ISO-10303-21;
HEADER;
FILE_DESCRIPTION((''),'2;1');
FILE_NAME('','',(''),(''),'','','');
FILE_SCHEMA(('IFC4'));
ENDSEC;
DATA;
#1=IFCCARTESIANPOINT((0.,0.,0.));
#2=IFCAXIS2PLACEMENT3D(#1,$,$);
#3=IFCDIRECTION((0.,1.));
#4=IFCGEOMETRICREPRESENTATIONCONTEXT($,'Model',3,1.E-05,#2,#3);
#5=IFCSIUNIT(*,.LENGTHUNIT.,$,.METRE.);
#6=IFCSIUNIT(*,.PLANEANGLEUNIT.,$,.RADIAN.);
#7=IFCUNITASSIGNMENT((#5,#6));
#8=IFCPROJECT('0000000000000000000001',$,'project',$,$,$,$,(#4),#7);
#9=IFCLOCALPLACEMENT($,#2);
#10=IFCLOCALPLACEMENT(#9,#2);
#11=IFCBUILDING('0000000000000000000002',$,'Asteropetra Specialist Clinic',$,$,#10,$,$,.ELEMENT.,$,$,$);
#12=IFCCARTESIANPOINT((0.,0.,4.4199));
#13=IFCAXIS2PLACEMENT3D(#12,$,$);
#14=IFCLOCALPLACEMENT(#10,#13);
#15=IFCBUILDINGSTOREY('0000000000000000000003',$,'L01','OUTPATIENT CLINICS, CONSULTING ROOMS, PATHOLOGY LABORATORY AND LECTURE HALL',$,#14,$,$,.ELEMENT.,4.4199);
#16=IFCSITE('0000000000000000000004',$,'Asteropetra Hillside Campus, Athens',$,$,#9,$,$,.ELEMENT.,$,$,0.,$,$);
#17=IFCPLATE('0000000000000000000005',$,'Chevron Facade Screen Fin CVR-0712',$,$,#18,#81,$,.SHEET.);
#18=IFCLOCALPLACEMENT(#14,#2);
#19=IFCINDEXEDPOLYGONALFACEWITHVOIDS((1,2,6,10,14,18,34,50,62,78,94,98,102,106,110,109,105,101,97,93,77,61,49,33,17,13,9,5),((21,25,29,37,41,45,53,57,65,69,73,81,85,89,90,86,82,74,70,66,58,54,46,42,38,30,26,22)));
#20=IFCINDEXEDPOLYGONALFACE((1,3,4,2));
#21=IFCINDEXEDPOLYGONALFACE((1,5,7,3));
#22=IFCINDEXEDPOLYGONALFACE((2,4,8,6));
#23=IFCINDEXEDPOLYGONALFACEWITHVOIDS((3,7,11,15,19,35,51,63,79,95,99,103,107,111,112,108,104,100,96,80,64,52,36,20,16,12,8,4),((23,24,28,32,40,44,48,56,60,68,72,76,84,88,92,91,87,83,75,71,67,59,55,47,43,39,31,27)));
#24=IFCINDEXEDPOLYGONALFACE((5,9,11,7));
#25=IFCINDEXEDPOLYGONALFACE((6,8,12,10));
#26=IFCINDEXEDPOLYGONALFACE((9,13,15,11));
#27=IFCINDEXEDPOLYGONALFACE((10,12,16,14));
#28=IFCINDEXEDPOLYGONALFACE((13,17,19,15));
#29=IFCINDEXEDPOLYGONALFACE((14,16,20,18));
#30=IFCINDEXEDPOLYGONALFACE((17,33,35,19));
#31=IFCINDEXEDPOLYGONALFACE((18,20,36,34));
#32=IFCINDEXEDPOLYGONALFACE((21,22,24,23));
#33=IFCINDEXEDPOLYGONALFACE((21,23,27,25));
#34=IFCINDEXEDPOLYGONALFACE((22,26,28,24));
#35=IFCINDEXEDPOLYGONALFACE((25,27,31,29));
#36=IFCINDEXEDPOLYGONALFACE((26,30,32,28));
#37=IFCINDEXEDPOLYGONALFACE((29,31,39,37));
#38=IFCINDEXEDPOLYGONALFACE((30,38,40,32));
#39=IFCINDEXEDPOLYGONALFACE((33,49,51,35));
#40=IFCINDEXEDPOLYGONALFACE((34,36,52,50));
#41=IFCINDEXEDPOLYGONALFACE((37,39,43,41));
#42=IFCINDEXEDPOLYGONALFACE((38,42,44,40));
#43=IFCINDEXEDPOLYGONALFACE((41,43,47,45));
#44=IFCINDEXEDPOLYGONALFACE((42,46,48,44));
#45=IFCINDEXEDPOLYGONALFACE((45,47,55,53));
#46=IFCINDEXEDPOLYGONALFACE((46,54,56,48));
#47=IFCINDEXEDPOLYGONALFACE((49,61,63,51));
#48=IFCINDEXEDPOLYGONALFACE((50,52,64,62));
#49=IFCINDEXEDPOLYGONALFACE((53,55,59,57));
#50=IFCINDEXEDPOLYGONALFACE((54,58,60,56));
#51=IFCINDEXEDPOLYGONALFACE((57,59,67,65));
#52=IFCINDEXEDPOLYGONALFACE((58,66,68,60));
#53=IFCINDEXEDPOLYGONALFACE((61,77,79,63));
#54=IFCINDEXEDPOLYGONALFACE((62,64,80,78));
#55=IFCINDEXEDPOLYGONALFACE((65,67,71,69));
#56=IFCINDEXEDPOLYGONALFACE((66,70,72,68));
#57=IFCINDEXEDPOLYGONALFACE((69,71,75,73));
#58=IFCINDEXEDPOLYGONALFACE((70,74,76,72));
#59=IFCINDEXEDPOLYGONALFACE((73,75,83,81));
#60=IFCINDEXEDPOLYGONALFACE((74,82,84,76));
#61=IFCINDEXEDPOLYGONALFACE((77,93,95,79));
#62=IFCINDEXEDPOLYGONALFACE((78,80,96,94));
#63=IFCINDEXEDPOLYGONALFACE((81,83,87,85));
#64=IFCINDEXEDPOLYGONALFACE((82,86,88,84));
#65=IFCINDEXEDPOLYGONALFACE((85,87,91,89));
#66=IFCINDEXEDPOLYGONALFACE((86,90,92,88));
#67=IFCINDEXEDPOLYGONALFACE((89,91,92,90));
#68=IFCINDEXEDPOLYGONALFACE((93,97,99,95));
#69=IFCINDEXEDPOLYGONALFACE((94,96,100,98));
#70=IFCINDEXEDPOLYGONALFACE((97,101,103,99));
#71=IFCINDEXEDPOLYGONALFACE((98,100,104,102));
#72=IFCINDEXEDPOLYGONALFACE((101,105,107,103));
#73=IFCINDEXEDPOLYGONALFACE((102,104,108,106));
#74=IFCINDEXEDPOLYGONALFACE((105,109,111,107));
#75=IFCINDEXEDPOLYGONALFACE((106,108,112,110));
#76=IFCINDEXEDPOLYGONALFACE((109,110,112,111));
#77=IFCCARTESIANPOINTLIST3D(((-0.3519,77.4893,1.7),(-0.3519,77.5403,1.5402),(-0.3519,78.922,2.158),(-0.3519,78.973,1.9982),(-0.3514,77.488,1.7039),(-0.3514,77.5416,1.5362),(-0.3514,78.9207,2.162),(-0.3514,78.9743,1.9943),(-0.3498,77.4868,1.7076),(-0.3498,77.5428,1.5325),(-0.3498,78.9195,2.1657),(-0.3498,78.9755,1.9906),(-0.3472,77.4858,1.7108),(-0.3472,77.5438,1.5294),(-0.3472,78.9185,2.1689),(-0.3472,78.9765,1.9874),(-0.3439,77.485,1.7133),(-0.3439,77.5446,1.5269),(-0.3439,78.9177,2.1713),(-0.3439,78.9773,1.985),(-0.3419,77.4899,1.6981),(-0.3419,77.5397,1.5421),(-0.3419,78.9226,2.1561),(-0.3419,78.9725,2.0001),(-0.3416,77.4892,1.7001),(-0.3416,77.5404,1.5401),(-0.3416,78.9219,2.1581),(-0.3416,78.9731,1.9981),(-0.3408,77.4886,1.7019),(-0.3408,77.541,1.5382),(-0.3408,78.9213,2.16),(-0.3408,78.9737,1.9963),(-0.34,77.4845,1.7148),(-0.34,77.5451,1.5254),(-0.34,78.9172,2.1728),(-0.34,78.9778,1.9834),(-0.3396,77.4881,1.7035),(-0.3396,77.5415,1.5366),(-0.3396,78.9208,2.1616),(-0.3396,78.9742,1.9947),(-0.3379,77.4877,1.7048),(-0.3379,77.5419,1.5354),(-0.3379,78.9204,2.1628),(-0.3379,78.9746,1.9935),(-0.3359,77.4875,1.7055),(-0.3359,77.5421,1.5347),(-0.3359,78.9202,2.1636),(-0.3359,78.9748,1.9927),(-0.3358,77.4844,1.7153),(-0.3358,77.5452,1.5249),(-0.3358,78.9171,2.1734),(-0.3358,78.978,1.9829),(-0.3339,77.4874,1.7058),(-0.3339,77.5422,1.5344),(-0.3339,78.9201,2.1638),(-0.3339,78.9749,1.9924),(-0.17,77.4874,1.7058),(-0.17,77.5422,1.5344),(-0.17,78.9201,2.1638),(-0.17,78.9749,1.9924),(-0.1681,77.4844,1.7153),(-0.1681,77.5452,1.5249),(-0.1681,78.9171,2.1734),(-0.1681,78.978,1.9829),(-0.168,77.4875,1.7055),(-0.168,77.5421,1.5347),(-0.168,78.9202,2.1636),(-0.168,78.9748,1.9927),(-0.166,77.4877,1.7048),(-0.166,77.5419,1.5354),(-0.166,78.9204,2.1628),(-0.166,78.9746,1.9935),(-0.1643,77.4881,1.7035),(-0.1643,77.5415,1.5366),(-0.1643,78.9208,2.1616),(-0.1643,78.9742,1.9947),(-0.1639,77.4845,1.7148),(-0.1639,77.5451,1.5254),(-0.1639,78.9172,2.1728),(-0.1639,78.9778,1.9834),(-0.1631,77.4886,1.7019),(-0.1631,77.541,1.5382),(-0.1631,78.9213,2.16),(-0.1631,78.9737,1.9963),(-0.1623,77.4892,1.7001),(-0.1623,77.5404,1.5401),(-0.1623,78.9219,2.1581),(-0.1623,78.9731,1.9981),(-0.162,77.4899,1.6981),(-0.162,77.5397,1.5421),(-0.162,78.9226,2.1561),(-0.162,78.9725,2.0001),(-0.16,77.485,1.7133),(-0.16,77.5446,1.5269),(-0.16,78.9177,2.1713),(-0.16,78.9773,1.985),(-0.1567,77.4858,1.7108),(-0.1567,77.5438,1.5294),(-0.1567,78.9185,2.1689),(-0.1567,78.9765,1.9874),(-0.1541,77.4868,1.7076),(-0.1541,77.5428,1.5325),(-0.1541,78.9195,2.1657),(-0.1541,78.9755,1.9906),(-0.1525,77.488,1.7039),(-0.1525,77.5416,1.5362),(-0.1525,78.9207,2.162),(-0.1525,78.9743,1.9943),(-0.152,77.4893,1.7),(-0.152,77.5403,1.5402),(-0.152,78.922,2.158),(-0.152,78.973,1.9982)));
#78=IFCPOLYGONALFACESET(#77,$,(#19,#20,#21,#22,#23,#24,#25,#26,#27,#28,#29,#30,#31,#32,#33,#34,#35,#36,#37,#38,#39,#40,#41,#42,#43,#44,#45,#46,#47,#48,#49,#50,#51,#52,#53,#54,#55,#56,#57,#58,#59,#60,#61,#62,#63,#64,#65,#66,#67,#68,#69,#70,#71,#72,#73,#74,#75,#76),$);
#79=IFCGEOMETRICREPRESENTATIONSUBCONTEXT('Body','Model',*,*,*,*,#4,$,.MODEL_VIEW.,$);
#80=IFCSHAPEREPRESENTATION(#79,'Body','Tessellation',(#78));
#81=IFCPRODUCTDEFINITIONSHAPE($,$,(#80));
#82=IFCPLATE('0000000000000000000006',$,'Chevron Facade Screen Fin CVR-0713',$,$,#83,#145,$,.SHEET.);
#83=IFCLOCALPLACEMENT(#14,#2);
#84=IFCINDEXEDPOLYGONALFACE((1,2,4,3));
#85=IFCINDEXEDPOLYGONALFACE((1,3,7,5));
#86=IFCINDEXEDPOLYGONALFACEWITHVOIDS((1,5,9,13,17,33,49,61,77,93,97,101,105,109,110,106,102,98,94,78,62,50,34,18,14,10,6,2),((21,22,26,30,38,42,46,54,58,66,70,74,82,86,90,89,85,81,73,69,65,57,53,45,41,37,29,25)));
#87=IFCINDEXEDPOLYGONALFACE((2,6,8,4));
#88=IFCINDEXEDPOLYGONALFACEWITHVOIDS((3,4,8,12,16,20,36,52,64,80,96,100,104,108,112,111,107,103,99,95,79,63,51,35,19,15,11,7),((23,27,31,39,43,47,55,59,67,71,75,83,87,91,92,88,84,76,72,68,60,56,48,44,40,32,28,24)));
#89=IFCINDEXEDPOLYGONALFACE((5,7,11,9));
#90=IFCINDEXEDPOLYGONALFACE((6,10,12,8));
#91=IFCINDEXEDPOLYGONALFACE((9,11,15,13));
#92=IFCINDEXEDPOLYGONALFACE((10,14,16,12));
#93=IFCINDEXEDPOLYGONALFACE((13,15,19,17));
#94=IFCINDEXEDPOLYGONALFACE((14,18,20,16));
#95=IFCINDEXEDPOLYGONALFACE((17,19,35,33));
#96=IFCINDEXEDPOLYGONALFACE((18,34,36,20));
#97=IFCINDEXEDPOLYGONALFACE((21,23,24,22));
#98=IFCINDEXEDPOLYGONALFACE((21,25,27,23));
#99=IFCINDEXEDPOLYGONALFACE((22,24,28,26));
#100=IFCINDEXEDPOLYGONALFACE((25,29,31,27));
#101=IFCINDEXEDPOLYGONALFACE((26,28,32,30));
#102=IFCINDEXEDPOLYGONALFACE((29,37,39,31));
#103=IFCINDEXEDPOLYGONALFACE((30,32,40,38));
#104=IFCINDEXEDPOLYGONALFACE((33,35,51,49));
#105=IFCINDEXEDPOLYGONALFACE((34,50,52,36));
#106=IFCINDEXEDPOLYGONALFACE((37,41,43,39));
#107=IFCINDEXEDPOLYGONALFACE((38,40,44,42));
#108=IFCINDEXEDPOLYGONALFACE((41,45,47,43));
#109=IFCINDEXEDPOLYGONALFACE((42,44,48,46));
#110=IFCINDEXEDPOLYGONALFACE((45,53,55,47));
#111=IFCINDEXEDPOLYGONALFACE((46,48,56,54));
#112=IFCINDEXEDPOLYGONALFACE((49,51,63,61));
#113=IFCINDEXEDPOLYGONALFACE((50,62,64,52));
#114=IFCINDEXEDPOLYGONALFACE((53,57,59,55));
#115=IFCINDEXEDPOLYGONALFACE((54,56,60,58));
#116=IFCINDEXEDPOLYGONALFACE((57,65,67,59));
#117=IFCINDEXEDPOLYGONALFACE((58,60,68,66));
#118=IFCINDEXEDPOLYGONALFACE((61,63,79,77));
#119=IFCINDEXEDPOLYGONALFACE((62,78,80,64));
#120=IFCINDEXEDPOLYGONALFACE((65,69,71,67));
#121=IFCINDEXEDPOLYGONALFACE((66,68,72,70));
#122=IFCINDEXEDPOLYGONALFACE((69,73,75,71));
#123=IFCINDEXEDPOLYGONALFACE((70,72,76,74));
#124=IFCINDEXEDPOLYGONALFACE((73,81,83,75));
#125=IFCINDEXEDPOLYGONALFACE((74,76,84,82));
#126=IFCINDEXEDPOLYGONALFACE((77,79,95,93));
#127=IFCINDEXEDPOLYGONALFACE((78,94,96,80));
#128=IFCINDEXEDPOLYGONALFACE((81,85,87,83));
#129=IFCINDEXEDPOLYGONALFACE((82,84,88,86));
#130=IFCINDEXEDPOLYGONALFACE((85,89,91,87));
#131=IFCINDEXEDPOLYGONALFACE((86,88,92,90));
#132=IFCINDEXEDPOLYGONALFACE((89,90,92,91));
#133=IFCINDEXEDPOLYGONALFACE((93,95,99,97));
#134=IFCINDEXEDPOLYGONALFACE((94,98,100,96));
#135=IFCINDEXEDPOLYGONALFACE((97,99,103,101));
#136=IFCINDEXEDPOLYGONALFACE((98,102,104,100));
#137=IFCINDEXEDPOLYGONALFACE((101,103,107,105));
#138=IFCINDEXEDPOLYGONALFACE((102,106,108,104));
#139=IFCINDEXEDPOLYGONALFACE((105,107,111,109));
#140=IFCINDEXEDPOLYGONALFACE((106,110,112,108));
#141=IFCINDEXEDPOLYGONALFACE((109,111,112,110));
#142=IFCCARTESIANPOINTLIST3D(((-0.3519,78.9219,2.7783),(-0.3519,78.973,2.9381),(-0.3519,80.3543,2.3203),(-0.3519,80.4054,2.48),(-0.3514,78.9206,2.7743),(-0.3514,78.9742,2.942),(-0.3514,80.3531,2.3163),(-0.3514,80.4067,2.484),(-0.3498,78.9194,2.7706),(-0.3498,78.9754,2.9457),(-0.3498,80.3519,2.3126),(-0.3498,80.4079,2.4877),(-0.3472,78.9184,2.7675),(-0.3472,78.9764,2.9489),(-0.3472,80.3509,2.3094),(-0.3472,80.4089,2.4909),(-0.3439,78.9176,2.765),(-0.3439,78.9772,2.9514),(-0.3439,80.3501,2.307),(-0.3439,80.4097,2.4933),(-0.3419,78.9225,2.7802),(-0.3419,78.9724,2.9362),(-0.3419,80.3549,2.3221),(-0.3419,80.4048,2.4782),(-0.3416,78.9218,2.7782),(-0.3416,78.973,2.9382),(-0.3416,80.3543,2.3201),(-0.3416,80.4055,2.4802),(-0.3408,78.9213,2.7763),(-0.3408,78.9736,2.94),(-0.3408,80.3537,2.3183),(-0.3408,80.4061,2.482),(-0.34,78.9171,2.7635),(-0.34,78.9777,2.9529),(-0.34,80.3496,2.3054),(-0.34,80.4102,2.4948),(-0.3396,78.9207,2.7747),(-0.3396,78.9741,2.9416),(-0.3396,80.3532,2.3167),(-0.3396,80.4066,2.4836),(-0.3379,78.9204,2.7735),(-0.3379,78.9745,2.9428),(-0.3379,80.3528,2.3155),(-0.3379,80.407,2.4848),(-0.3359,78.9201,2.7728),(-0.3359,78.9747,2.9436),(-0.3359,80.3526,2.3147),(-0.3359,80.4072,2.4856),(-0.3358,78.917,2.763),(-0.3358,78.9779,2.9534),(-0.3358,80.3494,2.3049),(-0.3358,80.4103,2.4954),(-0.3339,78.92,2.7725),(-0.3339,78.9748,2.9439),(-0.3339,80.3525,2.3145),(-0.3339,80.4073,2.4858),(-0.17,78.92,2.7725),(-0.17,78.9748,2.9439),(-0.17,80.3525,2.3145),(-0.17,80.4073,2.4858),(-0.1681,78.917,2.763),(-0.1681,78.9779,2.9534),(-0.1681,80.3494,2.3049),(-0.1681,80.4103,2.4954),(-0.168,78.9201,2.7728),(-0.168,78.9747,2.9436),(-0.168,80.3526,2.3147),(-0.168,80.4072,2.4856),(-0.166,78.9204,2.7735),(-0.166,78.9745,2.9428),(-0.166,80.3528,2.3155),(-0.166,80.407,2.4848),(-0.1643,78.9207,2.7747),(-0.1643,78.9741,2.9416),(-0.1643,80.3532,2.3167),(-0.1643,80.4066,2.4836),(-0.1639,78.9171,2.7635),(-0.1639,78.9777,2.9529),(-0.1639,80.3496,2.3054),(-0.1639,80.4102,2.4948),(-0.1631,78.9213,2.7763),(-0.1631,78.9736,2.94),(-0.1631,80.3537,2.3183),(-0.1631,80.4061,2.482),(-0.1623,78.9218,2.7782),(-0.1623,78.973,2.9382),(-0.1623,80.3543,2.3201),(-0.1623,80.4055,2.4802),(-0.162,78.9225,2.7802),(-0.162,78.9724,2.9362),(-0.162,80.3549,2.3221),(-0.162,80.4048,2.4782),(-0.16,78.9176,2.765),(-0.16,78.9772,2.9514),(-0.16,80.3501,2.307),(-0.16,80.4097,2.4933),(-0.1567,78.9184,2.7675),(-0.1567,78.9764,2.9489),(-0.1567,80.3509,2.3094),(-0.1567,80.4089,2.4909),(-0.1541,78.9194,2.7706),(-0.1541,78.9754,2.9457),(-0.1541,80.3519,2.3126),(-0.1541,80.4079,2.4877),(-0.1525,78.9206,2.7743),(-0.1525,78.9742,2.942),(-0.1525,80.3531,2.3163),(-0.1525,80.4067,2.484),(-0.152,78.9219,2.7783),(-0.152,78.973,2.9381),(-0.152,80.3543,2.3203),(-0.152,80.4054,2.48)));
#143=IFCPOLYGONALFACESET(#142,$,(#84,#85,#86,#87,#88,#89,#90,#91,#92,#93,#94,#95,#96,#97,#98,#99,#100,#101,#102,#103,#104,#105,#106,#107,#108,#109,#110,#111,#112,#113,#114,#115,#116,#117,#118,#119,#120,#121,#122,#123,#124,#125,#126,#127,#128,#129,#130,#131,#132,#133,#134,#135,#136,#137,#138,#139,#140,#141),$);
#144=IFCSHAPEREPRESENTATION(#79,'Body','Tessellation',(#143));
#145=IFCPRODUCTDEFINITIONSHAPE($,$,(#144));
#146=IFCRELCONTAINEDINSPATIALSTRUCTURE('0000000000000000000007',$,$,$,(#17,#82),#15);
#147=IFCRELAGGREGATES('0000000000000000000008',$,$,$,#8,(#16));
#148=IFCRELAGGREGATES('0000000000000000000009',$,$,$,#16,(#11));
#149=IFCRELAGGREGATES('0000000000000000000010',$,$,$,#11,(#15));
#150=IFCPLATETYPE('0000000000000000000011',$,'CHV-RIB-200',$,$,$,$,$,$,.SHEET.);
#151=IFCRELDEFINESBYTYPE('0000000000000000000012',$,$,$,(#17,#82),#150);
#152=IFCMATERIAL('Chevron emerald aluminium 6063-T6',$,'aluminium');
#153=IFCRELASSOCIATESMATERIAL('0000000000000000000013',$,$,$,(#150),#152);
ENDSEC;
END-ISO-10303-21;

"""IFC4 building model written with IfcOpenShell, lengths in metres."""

from ifc_helpers import new_model, si_unit, direction, frame, origin, origin_2d, place, context, subcontext, project, spatial, hollow_rectangle, extrude, material, material_profile, profile_set, type_object, element, save


model = new_model("IFC4")

# Units and contexts
model_context = context("Model", 3, precision=1e-05, world=origin(), true_north=direction((0.0, 1.0)))
body_context = subcontext(model_context, "Body", "Model", "MODEL_VIEW")
ifc_project = project(units=[si_unit("LENGTHUNIT", "METRE"), si_unit("PLANEANGLEUNIT", "RADIAN")], contexts=[model_context])

# Site, building, storey
site_placement = place(None, origin())
site = spatial("IfcSite", under=ifc_project, at=site_placement, Name="Asteropetra Hillside Campus, Athens", CompositionType="ELEMENT", RefElevation=0.0)
building_placement = place(site_placement, origin())
building = spatial("IfcBuilding", under=site, at=building_placement, Name="Asteropetra Specialist Clinic", CompositionType="ELEMENT")
storey_placement = place(building_placement, frame((0.0, 0.0, 4.4199)))
storey = spatial("IfcBuildingStorey", under=building, at=storey_placement, Name="L01", Description="OUTPATIENT CLINICS, CONSULTING ROOMS, PATHOLOGY LABORATORY AND LECTURE HALL", CompositionType="ELEMENT", Elevation=4.4199)

# Plates
ifc_material_1 = material(Name="Chevron emerald aluminium 6063-T6", Category="aluminium")
ifc_material_profile_1 = material_profile(ifc_material_1, hollow_rectangle(XDim=0.2, YDim=0.2, WallThickness=0.01, InnerFilletRadius=0.0081, OuterFilletRadius=0.0161, at=origin_2d()), Name="SHS 200x200x10.0")
ifc_profile_set_1 = profile_set([ifc_material_profile_1], Name="Chevron emerald aluminium 6063-T6")
plate_type = type_object("IfcPlateType", Name="CHV-RIB-200", PredefinedType="SHEET", material=ifc_profile_set_1)
plate_1_placement = place(storey_placement, frame((-0.252, 78.9475, 2.0781), z_axis=(0.0, -0.952507, -0.304517), x_axis=(1.0, 0.0, 0.0)))
element("IfcPlate", 1, at=plate_1_placement, inside=storey, type_object=plate_type, Name="Chevron Facade Screen Fin CVR-0712", PredefinedType="SHEET", context=body_context, shape_type="SweptSolid", body=[
    extrude(hollow_rectangle(XDim=0.2, YDim=0.2, WallThickness=0.01, InnerFilletRadius=0.0081, OuterFilletRadius=0.0161, at=origin_2d()), origin(), (0.0, 0.0, 1.0), 1.5042),
])
plate_2_placement = place(storey_placement, frame((-0.252, 80.3799, 2.4001), z_axis=(0.0, -0.952492, 0.304564), x_axis=(1.0, 0.0, 0.0)))
element("IfcPlate", 2, at=plate_2_placement, inside=storey, type_object=plate_type, Name="Chevron Facade Screen Fin CVR-0713", PredefinedType="SHEET", context=body_context, shape_type="SweptSolid", body=[
    extrude(hollow_rectangle(XDim=0.2, YDim=0.2, WallThickness=0.01, InnerFilletRadius=0.0081, OuterFilletRadius=0.0161, at=origin_2d()), origin(), (0.0, 0.0, 1.0), 1.5039),
])

save(model, "model.ifc")
